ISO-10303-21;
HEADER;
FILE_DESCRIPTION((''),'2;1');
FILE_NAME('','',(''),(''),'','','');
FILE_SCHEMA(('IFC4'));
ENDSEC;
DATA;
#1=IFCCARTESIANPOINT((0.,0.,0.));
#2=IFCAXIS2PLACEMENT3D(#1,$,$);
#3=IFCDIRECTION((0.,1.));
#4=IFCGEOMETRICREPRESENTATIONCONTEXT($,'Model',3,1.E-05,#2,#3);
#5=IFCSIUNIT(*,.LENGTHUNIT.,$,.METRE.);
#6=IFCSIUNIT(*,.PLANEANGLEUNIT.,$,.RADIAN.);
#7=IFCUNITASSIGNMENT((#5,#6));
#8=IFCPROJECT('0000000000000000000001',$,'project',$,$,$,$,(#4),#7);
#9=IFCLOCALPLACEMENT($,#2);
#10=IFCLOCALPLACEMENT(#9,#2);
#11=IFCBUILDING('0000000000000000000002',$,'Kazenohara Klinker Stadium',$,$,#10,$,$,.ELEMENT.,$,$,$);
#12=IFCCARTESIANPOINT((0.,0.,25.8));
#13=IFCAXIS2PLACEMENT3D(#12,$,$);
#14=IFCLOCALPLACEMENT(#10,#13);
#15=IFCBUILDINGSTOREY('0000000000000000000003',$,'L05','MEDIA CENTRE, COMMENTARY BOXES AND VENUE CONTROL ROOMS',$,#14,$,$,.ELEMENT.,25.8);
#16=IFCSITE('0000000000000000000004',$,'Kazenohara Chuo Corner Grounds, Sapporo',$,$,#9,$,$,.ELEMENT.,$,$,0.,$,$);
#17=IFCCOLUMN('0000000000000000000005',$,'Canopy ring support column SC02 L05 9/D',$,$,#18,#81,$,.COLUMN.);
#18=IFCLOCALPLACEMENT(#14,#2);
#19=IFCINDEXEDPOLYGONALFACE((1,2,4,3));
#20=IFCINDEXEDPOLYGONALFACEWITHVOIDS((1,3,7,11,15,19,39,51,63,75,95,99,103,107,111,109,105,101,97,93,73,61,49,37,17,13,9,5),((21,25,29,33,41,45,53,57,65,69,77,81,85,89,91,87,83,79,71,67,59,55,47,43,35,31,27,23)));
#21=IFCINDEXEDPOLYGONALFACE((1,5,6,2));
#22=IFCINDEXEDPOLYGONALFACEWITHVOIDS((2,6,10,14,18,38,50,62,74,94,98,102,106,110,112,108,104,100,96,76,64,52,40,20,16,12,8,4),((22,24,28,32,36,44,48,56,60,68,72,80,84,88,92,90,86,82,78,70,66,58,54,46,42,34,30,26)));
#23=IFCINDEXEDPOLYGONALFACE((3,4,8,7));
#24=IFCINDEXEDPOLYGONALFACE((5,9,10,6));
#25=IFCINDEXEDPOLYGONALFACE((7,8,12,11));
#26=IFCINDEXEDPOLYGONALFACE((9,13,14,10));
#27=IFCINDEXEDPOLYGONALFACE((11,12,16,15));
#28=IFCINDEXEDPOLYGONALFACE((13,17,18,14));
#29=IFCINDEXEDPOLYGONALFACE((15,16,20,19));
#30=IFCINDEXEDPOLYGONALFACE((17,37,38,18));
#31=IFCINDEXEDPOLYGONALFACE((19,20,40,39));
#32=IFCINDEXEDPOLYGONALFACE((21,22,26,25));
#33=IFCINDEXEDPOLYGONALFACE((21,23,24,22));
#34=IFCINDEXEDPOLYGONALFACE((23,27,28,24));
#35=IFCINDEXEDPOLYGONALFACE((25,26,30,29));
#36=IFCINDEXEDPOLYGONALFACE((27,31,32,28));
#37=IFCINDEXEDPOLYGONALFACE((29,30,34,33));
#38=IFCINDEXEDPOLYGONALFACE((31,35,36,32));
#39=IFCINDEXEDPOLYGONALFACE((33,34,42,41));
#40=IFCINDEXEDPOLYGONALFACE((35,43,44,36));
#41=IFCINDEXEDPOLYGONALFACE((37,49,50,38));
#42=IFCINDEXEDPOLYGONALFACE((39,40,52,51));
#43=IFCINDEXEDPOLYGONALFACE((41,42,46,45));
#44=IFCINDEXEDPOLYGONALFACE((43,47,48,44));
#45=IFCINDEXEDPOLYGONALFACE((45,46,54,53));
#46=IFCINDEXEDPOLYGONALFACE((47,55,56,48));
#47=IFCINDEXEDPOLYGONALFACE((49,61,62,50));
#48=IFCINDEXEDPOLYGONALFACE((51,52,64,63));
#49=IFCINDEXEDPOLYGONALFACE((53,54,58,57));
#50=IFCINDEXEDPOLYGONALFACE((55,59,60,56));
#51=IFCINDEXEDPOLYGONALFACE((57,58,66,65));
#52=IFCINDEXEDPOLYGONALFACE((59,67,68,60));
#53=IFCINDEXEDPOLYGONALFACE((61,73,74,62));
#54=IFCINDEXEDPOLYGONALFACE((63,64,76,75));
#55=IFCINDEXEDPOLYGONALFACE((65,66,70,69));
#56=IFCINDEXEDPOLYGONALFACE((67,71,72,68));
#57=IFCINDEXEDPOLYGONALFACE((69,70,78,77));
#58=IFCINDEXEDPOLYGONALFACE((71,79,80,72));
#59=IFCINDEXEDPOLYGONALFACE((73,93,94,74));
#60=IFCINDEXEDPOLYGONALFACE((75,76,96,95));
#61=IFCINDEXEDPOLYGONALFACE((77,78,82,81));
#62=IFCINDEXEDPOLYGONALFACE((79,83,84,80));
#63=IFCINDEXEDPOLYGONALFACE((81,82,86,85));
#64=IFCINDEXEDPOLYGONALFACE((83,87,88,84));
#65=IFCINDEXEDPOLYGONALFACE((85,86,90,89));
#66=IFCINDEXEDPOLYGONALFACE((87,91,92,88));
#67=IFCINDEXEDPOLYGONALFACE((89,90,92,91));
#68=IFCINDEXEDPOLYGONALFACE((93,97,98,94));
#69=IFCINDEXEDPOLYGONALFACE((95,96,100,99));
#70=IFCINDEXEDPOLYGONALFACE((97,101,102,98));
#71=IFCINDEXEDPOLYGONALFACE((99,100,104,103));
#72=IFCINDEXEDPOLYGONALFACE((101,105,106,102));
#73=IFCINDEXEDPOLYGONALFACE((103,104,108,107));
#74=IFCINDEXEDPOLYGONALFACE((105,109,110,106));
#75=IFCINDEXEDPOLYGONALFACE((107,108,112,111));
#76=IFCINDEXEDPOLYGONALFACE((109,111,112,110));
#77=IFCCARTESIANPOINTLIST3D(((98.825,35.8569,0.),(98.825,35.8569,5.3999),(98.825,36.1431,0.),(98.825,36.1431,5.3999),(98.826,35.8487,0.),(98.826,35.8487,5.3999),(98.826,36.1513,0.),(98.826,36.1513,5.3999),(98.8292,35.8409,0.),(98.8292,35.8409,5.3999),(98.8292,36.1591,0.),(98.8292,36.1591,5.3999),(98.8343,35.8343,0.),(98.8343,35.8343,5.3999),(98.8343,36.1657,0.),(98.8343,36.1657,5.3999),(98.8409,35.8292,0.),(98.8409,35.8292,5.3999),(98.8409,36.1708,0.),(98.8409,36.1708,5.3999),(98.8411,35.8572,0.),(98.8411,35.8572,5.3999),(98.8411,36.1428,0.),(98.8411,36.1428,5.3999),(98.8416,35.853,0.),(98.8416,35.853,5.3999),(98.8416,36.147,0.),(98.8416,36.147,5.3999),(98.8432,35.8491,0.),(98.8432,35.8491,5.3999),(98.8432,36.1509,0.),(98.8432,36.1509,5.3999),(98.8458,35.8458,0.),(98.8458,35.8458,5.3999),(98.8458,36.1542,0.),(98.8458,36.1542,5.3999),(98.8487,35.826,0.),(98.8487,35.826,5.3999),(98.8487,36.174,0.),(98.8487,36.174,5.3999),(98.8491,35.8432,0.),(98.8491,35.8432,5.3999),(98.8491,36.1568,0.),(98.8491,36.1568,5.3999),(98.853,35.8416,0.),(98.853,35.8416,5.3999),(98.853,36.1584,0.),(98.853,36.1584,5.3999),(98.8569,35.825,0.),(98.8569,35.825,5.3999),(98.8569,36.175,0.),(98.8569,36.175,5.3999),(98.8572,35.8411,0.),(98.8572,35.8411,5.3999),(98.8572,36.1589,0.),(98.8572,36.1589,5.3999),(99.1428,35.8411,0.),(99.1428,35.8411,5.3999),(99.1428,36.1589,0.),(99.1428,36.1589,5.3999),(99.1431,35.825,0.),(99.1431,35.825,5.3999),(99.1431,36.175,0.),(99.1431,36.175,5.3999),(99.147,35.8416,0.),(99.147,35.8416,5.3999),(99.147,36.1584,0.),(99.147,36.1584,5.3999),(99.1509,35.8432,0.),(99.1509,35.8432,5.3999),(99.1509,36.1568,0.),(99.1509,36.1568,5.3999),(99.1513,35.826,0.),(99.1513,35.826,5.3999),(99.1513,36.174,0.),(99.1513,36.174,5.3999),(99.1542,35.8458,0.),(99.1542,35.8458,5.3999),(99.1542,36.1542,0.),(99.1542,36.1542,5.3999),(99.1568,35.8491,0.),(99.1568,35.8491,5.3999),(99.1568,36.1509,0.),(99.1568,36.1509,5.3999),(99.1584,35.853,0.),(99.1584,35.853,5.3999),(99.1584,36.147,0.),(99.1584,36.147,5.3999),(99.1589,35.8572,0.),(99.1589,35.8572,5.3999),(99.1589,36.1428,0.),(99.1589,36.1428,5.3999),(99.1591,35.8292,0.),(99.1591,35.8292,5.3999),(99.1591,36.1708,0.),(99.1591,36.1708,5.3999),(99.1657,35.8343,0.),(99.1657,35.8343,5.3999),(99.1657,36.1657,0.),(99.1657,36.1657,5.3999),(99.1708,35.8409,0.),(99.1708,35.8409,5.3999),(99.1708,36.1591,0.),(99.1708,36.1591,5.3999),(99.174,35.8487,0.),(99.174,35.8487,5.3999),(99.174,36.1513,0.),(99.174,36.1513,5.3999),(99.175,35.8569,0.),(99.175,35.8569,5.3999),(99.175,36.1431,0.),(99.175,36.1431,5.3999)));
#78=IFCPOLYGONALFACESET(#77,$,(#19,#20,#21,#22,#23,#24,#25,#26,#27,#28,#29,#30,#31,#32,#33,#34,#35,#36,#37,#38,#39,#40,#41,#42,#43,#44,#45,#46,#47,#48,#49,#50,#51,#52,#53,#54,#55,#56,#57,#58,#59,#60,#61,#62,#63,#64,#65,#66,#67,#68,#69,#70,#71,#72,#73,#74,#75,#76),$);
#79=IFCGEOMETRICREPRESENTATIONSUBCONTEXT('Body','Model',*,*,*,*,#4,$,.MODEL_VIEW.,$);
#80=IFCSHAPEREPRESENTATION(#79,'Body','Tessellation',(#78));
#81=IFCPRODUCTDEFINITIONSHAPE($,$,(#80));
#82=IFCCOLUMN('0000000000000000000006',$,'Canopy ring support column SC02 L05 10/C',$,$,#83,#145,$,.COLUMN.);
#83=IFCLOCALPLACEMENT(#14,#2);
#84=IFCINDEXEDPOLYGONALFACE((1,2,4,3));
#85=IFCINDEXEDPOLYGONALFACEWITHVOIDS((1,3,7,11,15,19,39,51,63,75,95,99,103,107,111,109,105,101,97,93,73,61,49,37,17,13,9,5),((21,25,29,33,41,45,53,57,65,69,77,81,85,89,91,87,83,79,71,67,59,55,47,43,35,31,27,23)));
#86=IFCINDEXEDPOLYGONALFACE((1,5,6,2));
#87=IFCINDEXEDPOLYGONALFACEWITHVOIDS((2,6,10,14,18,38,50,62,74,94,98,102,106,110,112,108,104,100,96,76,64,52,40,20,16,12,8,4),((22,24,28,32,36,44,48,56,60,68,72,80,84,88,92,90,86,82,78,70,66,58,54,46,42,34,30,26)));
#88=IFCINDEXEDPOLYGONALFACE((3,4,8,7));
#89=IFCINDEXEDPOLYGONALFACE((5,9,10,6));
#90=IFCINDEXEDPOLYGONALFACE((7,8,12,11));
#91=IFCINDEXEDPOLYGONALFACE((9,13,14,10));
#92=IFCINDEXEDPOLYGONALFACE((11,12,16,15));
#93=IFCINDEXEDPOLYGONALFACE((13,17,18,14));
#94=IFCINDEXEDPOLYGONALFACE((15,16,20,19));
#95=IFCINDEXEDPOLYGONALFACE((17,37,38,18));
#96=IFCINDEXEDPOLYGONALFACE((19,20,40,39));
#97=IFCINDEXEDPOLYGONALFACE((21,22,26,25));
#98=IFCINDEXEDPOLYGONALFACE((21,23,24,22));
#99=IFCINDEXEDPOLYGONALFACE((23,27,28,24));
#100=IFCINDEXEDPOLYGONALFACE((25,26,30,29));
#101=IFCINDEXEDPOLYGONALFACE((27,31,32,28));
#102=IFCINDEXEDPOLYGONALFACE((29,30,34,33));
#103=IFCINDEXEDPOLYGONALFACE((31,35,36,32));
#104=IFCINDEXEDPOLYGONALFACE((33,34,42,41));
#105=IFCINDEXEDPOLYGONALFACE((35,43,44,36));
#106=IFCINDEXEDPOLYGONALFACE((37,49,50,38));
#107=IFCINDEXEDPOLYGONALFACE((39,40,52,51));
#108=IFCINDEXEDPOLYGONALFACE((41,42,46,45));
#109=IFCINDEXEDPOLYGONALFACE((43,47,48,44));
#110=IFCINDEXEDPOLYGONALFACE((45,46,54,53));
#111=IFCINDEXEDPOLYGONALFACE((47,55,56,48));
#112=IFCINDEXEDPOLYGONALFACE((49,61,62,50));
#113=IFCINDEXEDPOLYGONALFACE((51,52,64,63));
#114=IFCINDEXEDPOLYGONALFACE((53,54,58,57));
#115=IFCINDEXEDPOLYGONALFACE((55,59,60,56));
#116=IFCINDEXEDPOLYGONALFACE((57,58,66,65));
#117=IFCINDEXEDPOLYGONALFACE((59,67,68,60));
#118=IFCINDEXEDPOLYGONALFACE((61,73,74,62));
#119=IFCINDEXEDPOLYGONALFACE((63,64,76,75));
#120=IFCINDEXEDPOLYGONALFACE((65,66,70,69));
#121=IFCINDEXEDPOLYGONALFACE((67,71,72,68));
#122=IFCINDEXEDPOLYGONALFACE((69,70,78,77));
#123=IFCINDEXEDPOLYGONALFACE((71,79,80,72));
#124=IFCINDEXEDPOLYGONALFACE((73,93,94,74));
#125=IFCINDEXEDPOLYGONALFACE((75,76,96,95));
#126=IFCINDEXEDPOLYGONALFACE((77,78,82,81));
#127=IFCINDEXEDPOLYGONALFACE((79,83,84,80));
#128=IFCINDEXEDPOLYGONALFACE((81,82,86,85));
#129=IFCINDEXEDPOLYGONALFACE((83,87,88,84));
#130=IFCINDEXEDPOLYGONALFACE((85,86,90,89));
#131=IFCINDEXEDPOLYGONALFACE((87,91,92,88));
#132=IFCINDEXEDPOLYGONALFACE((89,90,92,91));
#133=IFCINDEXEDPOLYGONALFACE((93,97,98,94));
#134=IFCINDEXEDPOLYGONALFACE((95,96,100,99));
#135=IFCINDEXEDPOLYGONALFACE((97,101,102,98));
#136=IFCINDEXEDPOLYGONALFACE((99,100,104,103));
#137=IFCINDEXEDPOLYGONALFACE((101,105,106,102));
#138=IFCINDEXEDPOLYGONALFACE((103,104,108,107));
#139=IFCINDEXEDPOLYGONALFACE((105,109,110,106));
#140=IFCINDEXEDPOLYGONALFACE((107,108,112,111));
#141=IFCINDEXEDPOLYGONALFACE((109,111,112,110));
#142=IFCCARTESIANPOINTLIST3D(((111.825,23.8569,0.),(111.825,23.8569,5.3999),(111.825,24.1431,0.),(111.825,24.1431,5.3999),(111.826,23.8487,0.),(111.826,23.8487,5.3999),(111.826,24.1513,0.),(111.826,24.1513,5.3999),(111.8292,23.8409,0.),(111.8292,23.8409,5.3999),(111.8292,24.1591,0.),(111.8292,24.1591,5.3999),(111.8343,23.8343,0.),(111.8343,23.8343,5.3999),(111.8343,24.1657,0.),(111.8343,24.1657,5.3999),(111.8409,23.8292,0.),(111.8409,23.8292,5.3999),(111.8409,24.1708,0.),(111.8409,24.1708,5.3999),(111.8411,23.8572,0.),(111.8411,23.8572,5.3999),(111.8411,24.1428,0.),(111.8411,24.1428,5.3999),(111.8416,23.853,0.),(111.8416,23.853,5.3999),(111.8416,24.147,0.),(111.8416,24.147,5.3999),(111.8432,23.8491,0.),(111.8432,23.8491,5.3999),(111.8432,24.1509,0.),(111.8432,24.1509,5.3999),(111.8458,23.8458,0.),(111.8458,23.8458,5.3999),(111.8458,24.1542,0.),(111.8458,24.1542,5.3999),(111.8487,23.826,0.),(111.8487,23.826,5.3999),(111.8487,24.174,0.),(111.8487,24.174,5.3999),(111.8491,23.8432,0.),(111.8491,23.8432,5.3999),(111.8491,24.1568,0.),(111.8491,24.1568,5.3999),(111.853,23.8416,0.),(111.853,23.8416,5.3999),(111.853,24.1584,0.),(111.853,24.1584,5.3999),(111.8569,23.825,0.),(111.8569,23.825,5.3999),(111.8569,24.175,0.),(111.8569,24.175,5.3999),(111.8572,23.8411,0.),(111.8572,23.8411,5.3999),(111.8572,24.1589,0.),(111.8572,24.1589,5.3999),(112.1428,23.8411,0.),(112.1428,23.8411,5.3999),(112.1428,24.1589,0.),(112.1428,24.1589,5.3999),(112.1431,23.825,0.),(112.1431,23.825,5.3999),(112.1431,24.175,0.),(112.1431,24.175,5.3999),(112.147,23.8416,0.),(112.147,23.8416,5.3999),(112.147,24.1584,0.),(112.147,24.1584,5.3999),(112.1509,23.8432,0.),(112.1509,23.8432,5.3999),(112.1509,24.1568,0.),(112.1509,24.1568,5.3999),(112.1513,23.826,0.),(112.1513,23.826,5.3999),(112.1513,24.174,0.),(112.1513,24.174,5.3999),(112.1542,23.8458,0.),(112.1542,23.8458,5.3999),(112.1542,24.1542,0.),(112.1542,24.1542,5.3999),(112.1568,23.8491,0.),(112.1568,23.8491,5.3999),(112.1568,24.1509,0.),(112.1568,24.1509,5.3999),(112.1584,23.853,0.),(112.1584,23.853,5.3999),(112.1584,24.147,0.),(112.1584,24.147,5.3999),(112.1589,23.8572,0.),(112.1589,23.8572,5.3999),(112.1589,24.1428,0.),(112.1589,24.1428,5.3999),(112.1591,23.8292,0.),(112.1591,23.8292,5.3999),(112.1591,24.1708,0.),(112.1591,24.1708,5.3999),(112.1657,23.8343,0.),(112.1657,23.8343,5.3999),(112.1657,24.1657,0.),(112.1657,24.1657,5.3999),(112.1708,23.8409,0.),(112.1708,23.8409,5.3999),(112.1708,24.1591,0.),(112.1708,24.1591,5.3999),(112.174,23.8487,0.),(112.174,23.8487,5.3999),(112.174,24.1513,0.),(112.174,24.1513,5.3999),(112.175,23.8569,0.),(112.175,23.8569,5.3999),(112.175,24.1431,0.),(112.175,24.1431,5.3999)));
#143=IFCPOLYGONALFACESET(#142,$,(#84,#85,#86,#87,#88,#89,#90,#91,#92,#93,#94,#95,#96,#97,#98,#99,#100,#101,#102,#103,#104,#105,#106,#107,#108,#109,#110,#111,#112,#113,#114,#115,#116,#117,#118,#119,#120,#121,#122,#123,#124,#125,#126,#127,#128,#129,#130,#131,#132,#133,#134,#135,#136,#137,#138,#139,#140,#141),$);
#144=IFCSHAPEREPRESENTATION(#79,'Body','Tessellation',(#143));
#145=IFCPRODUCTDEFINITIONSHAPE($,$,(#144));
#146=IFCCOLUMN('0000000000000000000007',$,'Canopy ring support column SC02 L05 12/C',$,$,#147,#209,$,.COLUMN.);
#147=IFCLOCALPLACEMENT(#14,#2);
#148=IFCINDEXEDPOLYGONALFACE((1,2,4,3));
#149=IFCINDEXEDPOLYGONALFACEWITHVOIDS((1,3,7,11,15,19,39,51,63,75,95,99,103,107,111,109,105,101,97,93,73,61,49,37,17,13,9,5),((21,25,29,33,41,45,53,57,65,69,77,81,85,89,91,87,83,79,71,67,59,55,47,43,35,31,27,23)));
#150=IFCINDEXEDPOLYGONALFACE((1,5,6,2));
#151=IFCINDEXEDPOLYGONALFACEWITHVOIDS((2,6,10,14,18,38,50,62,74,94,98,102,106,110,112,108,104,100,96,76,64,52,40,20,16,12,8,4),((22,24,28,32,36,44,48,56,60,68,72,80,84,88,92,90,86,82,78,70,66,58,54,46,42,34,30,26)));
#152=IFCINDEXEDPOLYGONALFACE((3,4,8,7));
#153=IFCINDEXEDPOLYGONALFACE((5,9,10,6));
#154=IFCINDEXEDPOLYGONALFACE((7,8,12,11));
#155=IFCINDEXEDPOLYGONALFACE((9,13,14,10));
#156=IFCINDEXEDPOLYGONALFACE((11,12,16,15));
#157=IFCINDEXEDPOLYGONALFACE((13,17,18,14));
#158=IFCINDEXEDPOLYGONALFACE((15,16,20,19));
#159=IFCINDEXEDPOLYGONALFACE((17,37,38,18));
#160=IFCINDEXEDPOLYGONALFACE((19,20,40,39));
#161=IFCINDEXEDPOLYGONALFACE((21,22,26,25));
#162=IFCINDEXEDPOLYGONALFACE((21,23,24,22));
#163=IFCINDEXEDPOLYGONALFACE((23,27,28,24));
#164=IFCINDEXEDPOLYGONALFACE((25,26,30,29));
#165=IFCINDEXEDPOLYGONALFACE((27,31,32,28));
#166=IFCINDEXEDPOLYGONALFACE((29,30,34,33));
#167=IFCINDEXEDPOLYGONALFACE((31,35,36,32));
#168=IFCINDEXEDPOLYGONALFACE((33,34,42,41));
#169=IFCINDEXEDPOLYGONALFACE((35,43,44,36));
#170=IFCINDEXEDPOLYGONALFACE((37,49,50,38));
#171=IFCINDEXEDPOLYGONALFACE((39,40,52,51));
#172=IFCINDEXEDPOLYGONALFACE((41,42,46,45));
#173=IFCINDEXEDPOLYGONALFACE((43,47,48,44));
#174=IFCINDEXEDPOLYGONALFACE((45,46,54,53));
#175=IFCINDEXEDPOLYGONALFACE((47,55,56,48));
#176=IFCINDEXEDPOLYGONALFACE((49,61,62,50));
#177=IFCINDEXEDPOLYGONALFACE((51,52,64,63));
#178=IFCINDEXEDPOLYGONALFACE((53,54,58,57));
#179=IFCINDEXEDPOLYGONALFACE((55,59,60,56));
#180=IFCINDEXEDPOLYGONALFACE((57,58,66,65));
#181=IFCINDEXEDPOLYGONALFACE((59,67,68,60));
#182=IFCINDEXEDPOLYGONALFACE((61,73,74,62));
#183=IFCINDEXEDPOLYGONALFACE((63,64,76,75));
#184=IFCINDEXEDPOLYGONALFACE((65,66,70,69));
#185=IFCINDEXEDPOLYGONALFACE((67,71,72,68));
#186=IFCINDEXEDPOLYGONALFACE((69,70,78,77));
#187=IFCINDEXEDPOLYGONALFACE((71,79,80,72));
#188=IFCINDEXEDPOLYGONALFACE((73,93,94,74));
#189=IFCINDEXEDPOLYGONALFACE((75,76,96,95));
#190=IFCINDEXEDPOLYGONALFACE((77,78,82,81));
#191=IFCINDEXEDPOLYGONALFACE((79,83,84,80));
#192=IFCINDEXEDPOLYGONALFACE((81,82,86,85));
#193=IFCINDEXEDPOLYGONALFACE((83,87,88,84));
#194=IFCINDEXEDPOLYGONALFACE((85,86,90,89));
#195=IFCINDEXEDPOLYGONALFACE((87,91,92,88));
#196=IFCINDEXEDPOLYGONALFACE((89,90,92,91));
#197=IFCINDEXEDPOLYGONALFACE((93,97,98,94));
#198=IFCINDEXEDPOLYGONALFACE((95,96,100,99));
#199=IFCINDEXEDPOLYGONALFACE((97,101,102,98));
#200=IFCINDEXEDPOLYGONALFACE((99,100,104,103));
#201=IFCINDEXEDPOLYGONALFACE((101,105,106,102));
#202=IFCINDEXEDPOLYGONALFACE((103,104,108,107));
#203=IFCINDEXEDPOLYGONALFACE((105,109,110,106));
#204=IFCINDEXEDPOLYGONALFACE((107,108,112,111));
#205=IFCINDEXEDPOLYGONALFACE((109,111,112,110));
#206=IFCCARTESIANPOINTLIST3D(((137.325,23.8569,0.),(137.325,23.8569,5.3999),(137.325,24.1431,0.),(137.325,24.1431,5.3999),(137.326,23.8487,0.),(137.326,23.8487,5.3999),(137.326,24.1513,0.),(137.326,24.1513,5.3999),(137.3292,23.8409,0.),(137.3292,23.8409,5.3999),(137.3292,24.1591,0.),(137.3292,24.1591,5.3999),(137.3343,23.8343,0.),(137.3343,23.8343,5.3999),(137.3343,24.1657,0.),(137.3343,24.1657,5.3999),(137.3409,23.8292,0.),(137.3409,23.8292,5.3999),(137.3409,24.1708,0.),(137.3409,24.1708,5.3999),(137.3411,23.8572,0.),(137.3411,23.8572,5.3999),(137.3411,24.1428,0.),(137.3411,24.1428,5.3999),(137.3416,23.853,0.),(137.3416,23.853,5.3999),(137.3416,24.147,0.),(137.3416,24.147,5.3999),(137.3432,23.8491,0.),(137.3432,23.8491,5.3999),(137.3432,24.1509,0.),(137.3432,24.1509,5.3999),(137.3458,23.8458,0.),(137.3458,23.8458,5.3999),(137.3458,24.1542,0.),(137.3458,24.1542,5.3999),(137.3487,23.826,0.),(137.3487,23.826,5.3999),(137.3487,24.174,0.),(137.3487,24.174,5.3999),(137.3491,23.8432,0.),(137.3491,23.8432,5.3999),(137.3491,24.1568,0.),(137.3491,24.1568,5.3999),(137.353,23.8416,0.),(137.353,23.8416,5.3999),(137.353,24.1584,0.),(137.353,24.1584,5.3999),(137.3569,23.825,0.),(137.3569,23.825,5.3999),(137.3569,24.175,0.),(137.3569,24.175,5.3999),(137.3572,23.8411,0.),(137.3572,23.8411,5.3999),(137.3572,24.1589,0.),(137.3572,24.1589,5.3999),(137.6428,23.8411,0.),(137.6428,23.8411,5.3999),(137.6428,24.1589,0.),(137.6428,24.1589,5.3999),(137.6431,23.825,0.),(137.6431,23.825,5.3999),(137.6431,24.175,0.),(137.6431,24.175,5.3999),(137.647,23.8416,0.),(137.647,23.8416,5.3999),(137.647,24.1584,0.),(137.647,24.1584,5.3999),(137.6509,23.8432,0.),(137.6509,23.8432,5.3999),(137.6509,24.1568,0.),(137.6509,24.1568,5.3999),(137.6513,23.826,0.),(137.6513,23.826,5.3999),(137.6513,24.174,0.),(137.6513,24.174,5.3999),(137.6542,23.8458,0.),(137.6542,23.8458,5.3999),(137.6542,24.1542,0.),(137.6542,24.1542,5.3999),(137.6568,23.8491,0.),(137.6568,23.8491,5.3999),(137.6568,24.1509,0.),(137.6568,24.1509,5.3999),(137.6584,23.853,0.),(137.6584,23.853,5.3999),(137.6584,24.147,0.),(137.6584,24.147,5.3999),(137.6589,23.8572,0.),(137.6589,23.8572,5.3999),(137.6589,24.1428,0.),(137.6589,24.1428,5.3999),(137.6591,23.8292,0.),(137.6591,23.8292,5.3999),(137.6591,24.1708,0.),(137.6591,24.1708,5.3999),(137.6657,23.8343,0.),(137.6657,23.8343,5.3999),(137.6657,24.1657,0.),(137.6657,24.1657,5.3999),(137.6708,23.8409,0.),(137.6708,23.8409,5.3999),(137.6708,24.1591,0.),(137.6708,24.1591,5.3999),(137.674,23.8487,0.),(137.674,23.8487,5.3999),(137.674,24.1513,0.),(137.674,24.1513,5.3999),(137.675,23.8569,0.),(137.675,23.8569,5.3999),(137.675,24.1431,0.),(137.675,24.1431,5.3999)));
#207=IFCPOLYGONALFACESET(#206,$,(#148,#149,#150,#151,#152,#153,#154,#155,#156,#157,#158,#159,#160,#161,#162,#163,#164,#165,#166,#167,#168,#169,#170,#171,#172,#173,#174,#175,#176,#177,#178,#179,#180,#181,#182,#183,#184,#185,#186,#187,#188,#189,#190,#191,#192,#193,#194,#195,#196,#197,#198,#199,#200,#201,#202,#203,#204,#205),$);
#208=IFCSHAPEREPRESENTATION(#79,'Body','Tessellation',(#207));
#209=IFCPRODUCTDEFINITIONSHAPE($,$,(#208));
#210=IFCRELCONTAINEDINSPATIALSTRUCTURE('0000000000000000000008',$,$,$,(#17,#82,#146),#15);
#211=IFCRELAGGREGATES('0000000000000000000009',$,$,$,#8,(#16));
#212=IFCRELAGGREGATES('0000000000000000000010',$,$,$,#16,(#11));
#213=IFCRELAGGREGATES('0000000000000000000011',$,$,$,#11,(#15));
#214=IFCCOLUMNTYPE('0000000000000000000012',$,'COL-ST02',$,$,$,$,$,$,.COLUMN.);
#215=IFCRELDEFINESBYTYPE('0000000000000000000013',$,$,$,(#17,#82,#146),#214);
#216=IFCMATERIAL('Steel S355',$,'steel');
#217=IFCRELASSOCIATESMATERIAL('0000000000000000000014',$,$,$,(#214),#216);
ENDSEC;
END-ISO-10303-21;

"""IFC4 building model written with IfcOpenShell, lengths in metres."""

from ifc_helpers import new_model, si_unit, direction, frame, origin, origin_2d, place, context, subcontext, project, spatial, hollow_rectangle, extrude, material, material_profile, profile_set, type_object, element, save


model = new_model("IFC4")

# Units and contexts
model_context = context("Model", 3, precision=1e-05, world=origin(), true_north=direction((0.0, 1.0)))
body_context = subcontext(model_context, "Body", "Model", "MODEL_VIEW")
ifc_project = project(units=[si_unit("LENGTHUNIT", "METRE"), si_unit("PLANEANGLEUNIT", "RADIAN")], contexts=[model_context])

# Site, building, storey
site_placement = place(None, origin())
site = spatial("IfcSite", under=ifc_project, at=site_placement, Name="Kazenohara Chuo Corner Grounds, Sapporo", CompositionType="ELEMENT", RefElevation=0.0)
building_placement = place(site_placement, origin())
building = spatial("IfcBuilding", under=site, at=building_placement, Name="Kazenohara Klinker Stadium", CompositionType="ELEMENT")
storey_placement = place(building_placement, frame((0.0, 0.0, 25.8)))
storey = spatial("IfcBuildingStorey", under=building, at=storey_placement, Name="L05", Description="MEDIA CENTRE, COMMENTARY BOXES AND VENUE CONTROL ROOMS", CompositionType="ELEMENT", Elevation=25.8)

# Columns
ifc_material = material(Name="Steel S355", Category="steel")
ifc_material_profile_1 = material_profile(ifc_material, hollow_rectangle(XDim=0.3501, YDim=0.3501, WallThickness=0.0161, InnerFilletRadius=0.0161, OuterFilletRadius=0.032, at=origin_2d()), Name="SHS-350x350x16")
ifc_profile_set_1 = profile_set([ifc_material_profile_1], Name="Steel S355")
column_type_1 = type_object("IfcColumnType", Name="COL-ST02", PredefinedType="COLUMN", material=ifc_profile_set_1)
for number, where, z_axis, x_axis, name in (
    (1, (99.0, 36.0, 0.0), (0.0, 0.0, 1.0), (1.0, 0.0, 0.0), "Canopy ring support column SC02 L05 9/D"),
    (2, (112.0, 24.0, 0.0), (0.0, 0.0, 1.0), (1.0, 0.0, 0.0), "Canopy ring support column SC02 L05 10/C"),
    (3, (137.5, 24.0, 0.0), (0.0, 0.0, 1.0), (1.0, 0.0, 0.0), "Canopy ring support column SC02 L05 12/C"),
):
    element("IfcColumn", number, at=place(storey_placement, frame(where, z_axis=z_axis, x_axis=x_axis)), inside=storey, type_object=column_type_1, Name=name, PredefinedType="COLUMN", context=body_context, shape_type="SweptSolid", body=[
        extrude(hollow_rectangle(XDim=0.3501, YDim=0.3501, WallThickness=0.0161, InnerFilletRadius=0.0161, OuterFilletRadius=0.032, at=origin_2d()), origin(), (0.0, 0.0, 1.0), 5.3999),
    ])

save(model, "model.ifc")
